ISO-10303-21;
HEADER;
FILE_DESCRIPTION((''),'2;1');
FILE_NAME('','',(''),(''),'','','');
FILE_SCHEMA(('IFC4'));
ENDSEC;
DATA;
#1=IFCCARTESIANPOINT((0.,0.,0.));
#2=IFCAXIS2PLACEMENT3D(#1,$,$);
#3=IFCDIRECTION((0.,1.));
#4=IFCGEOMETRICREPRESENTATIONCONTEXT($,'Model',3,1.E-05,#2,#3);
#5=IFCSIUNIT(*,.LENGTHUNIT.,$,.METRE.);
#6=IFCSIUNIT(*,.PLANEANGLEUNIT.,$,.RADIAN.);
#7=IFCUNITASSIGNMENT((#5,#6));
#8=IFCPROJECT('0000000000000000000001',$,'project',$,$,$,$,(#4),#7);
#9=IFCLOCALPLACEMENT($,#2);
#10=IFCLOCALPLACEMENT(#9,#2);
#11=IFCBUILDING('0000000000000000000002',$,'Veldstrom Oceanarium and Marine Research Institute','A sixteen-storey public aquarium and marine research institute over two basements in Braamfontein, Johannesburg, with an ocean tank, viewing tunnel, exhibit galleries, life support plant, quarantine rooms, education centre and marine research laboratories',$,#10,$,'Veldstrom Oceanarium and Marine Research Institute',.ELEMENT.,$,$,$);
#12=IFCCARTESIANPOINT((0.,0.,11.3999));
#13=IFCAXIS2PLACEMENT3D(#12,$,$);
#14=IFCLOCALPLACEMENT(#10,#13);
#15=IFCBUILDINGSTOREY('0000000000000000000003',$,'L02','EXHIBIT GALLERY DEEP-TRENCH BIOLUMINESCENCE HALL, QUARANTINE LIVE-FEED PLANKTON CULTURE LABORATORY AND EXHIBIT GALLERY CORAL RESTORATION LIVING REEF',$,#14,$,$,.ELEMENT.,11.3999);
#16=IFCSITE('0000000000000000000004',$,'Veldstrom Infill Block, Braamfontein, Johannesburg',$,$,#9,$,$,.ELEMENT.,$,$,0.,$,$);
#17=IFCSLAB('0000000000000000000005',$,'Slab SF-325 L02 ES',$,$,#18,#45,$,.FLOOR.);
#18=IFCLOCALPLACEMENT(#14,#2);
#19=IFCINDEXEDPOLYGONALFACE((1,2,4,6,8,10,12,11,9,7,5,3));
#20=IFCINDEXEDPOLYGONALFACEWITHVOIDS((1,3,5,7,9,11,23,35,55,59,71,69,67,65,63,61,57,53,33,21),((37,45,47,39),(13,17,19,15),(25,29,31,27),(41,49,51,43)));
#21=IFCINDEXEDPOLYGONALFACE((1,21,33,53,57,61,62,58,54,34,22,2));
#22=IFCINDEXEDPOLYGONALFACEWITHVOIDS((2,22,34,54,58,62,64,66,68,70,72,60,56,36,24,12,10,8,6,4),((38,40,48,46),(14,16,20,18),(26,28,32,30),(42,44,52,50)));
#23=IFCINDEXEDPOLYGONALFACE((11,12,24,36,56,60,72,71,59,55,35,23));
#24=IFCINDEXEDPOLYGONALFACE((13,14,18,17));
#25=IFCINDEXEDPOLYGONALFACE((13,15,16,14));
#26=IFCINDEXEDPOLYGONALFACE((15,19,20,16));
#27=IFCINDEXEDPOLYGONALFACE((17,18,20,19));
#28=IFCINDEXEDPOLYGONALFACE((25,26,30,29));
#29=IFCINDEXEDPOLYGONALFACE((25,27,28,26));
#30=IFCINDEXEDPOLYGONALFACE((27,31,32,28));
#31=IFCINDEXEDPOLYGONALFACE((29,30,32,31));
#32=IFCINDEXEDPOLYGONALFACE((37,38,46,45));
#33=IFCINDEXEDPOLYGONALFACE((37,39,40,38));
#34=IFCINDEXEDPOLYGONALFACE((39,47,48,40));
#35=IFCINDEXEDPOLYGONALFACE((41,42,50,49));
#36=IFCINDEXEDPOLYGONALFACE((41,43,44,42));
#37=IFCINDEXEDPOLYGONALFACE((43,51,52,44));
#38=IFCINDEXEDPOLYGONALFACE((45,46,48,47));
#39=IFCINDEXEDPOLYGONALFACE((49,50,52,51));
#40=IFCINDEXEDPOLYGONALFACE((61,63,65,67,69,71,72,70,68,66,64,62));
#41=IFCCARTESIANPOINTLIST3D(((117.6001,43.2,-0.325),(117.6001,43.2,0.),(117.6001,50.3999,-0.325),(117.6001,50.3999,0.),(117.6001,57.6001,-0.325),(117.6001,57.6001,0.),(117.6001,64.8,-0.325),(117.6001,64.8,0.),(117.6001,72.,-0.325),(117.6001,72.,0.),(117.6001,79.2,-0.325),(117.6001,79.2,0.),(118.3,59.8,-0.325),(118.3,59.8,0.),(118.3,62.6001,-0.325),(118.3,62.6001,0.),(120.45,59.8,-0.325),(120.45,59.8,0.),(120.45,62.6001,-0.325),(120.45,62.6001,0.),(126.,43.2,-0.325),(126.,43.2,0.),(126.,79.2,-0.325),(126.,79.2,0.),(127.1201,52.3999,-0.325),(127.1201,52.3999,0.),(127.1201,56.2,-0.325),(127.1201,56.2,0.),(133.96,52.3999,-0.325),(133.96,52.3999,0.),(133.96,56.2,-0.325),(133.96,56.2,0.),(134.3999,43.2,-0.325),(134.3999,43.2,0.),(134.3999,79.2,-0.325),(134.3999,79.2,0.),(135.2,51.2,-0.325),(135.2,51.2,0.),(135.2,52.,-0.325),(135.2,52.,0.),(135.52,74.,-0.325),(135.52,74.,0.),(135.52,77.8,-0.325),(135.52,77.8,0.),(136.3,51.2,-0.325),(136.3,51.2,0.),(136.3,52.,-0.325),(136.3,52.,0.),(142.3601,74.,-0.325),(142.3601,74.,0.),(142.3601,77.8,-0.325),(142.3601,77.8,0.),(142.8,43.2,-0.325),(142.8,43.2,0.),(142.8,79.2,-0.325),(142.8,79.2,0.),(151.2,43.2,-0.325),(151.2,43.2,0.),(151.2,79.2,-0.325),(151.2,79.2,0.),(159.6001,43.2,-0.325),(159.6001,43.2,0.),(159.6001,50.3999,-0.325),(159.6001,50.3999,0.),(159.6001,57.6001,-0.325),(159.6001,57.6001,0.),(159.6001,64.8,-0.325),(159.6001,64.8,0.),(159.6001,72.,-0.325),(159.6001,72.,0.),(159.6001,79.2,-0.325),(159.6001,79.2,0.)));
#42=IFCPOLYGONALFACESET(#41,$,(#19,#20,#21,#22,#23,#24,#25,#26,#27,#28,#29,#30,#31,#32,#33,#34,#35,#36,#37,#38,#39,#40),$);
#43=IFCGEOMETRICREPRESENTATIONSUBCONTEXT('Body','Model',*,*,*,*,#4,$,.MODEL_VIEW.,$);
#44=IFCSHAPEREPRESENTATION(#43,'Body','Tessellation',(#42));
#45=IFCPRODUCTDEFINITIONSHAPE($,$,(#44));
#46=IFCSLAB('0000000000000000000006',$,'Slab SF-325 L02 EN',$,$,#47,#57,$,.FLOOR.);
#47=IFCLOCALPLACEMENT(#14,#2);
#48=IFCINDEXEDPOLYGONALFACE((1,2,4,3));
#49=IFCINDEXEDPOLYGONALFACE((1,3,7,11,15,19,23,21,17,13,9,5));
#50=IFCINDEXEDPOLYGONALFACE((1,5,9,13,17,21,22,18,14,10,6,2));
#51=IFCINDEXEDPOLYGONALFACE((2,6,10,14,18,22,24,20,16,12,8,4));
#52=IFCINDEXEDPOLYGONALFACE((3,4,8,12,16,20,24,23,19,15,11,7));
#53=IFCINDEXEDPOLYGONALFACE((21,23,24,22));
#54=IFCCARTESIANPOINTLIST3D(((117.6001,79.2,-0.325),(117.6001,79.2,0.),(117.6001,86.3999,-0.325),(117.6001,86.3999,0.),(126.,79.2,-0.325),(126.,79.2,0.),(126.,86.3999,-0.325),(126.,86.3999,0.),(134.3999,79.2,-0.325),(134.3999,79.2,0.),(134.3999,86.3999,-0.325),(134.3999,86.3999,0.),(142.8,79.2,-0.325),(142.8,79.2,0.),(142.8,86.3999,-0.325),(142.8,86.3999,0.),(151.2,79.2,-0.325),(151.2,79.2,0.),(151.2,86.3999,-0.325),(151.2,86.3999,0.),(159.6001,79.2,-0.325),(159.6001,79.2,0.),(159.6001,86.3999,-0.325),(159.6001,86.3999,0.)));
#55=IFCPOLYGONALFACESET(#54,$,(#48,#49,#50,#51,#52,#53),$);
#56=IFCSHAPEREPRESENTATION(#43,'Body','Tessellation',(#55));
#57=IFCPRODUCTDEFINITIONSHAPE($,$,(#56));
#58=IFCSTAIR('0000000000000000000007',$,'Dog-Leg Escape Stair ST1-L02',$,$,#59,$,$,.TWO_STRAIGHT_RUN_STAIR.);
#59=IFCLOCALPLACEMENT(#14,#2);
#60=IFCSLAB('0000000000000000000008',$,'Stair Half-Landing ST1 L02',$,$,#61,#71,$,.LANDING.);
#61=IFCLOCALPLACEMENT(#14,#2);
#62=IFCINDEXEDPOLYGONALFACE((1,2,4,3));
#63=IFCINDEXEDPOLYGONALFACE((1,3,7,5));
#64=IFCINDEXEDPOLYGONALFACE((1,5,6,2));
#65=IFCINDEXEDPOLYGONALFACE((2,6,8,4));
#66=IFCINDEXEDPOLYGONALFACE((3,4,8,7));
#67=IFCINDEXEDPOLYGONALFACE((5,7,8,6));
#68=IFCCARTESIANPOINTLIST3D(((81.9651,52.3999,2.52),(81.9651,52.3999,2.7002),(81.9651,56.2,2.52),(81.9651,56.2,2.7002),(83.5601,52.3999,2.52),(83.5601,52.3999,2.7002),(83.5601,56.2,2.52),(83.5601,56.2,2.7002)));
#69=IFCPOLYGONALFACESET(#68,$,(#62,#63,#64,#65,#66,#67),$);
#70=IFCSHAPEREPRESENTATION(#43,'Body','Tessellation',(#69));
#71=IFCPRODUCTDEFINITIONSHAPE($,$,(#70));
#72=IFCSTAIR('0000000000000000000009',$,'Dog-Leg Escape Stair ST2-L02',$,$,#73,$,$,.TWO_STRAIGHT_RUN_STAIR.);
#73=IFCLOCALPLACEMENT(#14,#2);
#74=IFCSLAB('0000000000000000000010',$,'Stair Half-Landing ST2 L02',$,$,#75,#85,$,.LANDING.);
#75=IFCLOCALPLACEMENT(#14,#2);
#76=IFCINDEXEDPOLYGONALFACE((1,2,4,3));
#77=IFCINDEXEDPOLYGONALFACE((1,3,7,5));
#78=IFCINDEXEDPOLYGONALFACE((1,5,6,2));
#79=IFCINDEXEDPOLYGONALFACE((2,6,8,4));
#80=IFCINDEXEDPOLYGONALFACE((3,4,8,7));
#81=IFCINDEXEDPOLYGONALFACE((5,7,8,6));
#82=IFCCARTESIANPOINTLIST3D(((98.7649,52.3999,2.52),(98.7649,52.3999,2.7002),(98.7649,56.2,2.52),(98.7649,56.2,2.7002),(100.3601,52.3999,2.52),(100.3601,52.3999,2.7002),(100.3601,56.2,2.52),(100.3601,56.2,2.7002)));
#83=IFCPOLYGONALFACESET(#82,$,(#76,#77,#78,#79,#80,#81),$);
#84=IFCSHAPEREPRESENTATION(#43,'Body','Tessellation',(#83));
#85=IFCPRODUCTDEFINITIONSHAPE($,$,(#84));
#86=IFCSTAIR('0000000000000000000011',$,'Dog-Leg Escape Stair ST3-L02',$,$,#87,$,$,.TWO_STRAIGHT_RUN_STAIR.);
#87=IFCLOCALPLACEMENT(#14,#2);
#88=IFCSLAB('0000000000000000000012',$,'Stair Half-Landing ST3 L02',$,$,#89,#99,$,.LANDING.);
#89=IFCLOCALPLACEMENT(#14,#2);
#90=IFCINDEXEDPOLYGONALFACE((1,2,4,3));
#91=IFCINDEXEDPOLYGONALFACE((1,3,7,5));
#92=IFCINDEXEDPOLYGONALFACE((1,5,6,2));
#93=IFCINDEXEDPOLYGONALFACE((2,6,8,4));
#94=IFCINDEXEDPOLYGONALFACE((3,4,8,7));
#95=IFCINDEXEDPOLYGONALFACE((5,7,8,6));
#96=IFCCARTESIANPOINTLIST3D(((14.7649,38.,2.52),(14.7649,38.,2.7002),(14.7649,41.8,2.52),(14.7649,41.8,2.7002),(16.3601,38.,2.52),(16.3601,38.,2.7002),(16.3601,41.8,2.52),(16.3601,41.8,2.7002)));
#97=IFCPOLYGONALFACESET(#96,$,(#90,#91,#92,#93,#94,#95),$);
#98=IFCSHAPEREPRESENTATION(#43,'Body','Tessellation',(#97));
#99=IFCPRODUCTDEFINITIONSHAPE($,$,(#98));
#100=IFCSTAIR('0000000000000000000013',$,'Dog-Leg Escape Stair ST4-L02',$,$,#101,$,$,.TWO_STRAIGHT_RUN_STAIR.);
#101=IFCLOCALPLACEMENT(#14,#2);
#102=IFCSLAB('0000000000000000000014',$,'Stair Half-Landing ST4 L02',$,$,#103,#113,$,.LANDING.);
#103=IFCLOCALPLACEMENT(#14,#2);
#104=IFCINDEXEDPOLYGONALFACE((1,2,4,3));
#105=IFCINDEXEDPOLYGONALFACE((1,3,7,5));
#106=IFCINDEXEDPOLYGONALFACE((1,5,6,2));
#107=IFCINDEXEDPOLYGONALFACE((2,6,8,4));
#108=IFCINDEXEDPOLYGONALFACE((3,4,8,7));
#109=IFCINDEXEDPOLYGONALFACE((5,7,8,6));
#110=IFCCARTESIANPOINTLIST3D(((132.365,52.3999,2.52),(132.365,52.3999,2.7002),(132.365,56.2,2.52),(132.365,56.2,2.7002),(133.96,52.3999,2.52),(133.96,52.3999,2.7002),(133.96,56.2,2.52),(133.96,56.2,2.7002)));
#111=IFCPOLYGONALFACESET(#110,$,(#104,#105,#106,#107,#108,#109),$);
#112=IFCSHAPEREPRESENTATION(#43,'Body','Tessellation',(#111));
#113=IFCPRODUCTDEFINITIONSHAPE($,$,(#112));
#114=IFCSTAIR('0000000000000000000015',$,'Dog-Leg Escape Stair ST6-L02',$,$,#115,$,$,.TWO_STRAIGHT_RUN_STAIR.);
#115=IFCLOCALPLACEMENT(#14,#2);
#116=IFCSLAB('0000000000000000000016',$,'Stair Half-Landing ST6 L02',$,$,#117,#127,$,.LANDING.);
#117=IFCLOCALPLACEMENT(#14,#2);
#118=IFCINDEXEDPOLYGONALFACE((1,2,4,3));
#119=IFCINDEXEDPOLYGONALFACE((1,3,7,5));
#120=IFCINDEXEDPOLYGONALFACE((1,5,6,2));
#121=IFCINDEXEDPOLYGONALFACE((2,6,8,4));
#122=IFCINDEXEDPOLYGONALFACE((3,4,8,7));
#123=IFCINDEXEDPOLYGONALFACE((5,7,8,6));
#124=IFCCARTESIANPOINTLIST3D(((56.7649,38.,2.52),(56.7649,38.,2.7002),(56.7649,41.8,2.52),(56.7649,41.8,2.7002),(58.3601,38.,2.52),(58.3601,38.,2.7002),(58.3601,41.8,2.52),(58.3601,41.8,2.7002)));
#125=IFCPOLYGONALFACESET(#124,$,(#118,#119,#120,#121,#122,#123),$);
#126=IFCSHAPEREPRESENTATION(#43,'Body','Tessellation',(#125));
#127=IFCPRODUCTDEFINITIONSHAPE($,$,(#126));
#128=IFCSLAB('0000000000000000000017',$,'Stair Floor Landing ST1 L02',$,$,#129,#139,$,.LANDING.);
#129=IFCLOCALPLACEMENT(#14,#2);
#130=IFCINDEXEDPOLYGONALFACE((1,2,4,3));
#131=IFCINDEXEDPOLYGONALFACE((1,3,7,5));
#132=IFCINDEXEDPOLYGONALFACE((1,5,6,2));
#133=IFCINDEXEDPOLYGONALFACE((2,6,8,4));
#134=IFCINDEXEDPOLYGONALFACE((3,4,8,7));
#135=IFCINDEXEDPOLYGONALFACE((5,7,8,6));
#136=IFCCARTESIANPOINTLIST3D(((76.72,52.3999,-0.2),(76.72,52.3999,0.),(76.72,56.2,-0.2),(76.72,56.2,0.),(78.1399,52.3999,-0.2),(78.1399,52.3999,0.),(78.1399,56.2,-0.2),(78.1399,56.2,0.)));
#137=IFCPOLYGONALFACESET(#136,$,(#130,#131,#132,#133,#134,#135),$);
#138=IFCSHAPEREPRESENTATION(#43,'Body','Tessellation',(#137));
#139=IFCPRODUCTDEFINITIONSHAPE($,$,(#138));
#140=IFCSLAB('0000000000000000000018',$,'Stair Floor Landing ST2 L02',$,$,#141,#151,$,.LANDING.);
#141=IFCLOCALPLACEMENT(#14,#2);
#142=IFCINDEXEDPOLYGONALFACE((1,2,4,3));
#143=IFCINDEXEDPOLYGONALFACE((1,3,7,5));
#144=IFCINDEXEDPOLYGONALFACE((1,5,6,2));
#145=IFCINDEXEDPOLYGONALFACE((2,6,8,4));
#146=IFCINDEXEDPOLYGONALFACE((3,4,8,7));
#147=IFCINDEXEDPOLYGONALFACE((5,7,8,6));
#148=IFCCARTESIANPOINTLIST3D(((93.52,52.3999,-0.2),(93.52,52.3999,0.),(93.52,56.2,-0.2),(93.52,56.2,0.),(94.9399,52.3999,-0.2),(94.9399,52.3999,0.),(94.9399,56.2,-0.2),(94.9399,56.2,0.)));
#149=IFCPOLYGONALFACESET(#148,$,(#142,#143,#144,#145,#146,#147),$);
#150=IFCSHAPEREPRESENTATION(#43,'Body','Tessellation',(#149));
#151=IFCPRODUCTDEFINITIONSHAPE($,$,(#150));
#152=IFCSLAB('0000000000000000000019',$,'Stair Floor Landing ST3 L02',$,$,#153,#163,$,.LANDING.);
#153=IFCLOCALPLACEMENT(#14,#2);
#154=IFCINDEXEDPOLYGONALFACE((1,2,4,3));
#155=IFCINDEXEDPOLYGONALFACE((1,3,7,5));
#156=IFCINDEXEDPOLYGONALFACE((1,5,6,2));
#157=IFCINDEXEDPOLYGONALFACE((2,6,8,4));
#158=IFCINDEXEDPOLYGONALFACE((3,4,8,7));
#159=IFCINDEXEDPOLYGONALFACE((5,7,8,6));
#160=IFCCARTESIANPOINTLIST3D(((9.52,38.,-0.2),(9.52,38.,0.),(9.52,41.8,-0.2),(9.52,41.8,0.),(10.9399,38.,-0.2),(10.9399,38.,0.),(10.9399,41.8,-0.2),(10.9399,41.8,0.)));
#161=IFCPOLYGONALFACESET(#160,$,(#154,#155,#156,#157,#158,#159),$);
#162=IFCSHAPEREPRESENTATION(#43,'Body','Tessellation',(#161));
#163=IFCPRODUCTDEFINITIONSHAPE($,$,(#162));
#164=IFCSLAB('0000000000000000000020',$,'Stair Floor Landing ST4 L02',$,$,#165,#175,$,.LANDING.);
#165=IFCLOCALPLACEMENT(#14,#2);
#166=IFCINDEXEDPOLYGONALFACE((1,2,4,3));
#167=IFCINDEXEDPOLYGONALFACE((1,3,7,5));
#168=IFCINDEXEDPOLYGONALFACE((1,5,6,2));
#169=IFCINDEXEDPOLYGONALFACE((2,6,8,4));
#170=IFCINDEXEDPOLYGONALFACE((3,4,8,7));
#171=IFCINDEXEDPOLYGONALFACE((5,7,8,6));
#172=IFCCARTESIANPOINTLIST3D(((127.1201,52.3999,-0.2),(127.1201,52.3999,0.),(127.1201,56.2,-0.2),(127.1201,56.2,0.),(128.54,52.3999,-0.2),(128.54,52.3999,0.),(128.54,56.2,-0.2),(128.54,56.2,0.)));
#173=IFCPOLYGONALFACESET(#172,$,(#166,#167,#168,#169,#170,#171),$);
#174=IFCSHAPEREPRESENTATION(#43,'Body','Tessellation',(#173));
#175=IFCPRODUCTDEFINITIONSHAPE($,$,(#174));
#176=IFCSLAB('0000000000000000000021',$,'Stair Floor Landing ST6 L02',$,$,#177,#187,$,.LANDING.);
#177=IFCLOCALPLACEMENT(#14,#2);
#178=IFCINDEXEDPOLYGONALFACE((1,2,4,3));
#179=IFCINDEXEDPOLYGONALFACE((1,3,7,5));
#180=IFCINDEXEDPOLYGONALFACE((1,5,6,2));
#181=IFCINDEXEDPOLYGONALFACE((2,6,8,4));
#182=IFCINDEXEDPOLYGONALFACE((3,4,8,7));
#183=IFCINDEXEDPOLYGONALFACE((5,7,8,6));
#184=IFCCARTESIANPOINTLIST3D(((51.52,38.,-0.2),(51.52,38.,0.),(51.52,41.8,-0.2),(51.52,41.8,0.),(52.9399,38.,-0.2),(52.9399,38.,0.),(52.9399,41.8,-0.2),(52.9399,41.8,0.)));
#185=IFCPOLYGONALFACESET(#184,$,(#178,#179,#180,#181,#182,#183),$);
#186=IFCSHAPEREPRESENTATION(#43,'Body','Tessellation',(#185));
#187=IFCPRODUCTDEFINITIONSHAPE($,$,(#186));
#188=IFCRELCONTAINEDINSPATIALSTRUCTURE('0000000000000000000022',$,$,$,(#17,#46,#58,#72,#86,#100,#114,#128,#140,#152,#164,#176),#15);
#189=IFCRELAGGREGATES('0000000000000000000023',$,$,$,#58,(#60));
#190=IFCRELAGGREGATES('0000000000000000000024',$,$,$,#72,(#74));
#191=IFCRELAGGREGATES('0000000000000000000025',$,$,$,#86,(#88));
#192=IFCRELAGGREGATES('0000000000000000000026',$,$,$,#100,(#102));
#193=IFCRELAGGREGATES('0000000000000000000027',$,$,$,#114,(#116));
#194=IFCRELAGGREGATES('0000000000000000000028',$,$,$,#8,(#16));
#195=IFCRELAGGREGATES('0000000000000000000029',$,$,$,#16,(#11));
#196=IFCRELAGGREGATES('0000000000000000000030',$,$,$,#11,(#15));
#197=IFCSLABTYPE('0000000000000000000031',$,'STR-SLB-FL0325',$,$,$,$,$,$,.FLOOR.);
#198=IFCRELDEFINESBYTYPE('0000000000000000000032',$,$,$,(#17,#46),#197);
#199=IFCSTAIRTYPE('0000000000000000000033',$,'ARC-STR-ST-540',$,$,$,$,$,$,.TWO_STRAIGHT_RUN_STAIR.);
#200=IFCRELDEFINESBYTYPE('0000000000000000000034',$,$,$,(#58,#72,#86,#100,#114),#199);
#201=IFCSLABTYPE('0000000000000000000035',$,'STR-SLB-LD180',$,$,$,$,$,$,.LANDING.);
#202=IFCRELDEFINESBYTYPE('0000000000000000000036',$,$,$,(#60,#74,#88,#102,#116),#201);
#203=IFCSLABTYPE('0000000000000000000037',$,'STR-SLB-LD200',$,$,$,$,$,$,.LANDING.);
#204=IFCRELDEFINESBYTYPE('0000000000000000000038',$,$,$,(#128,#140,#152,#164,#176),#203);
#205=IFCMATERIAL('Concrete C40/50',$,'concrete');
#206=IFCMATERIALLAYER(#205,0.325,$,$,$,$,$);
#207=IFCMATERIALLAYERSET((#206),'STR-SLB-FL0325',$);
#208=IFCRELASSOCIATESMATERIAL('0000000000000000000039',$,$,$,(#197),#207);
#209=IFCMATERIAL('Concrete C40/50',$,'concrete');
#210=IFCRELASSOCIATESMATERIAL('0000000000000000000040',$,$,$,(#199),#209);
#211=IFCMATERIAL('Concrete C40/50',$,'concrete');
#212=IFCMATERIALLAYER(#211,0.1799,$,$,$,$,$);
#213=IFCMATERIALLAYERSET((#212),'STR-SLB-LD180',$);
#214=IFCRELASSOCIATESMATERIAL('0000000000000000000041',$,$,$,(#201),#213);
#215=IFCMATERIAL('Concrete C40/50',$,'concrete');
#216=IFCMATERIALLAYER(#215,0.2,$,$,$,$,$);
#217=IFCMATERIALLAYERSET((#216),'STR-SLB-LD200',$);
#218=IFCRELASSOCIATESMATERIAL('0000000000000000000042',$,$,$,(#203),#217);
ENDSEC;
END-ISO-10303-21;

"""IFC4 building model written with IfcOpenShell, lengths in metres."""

from ifc_helpers import new_model, si_unit, direction, frame, origin, place, context, subcontext, project, spatial, polyline, outline, extrude, material, layer, layer_set, type_object, element, aggregate, save


model = new_model("IFC4")

# Units and contexts
model_context = context("Model", 3, precision=1e-05, world=origin(), true_north=direction((0.0, 1.0)))
body_context = subcontext(model_context, "Body", "Model", "MODEL_VIEW")
ifc_project = project(units=[si_unit("LENGTHUNIT", "METRE"), si_unit("PLANEANGLEUNIT", "RADIAN")], contexts=[model_context])

# Site, building, storey
site_placement = place(None, origin())
site = spatial("IfcSite", under=ifc_project, at=site_placement, Name="Veldstrom Infill Block, Braamfontein, Johannesburg", CompositionType="ELEMENT", RefElevation=0.0)
building_placement = place(site_placement, origin())
building = spatial("IfcBuilding", under=site, at=building_placement, Name="Veldstrom Oceanarium and Marine Research Institute", Description="A sixteen-storey public aquarium and marine research institute over two basements in Braamfontein, Johannesburg, with an ocean tank, viewing tunnel, exhibit galleries, life support plant, quarantine rooms, education centre and marine research laboratories", LongName="Veldstrom Oceanarium and Marine Research Institute", CompositionType="ELEMENT")
storey_placement = place(building_placement, frame((0.0, 0.0, 11.3999)))
storey = spatial("IfcBuildingStorey", under=building, at=storey_placement, Name="L02", Description="EXHIBIT GALLERY DEEP-TRENCH BIOLUMINESCENCE HALL, QUARANTINE LIVE-FEED PLANKTON CULTURE LABORATORY AND EXHIBIT GALLERY CORAL RESTORATION LIVING REEF", CompositionType="ELEMENT", Elevation=11.3999)

# Slabs
ifc_material_1 = material(Name="Concrete C40/50", Category="concrete")
ifc_layer_1 = layer(ifc_material_1, 0.325)
ifc_layer_set_1 = layer_set([ifc_layer_1], Name="STR-SLB-FL0325")
slab_type_1 = type_object("IfcSlabType", Name="STR-SLB-FL0325", PredefinedType="FLOOR", material=ifc_layer_set_1)
slab_1_placement = place(storey_placement, frame((0.0, 0.0, -0.325)))
element("IfcSlab", 1, at=slab_1_placement, inside=storey, type_object=slab_type_1, Name="Slab SF-325 L02 ES", PredefinedType="FLOOR", context=body_context, shape_type="SweptSolid", body=[
    extrude(outline(polyline([(134.3999, 43.2), (126.0, 43.2), (117.6001, 43.2), (117.6001, 50.3999), (117.6001, 57.6001), (117.6001, 64.8), (117.6001, 72.0), (117.6001, 79.2), (126.0, 79.2), (134.3999, 79.2), (142.8, 79.2), (151.2, 79.2), (159.6001, 79.2), (159.6001, 72.0), (159.6001, 64.8), (159.6001, 57.6001), (159.6001, 50.3999), (159.6001, 43.2), (151.2, 43.2), (142.8, 43.2), (134.3999, 43.2)]), holes=[polyline([(133.96, 52.3999), (133.96, 56.2), (127.1201, 56.2), (127.1201, 52.3999), (133.96, 52.3999)]), polyline([(135.52, 77.8), (135.52, 74.0), (142.3601, 74.0), (142.3601, 77.8), (135.52, 77.8)]), polyline([(118.3, 62.6001), (118.3, 59.8), (120.45, 59.8), (120.45, 62.6001), (118.3, 62.6001)]), polyline([(136.3, 52.0), (135.2, 52.0), (135.2, 51.2), (136.3, 51.2), (136.3, 52.0)])]), origin(), (0.0, 0.0, 1.0), 0.325),
])
slab_2_placement = place(storey_placement, frame((0.0, 0.0, -0.325)))
element("IfcSlab", 2, at=slab_2_placement, inside=storey, type_object=slab_type_1, Name="Slab SF-325 L02 EN", PredefinedType="FLOOR", context=body_context, shape_type="SweptSolid", body=[
    extrude(outline(polyline([(134.3999, 86.3999), (142.8, 86.3999), (151.2, 86.3999), (159.6001, 86.3999), (159.6001, 79.2), (151.2, 79.2), (142.8, 79.2), (134.3999, 79.2), (126.0, 79.2), (117.6001, 79.2), (117.6001, 86.3999), (126.0, 86.3999), (134.3999, 86.3999)])), origin(), (0.0, 0.0, 1.0), 0.325),
])

# Stairs, slabs
ifc_material_2 = material(Name="Concrete C40/50", Category="concrete")
stair_type = type_object("IfcStairType", Name="ARC-STR-ST-540", PredefinedType="TWO_STRAIGHT_RUN_STAIR", material=ifc_material_2)
stair_1_placement = place(storey_placement, origin())
stair_1 = element("IfcStair", 3, at=stair_1_placement, inside=storey, type_object=stair_type, Name="Dog-Leg Escape Stair ST1-L02", PredefinedType="TWO_STRAIGHT_RUN_STAIR")
ifc_material_3 = material(Name="Concrete C40/50", Category="concrete")
ifc_layer_2 = layer(ifc_material_3, 0.1799)
ifc_layer_set_2 = layer_set([ifc_layer_2], Name="STR-SLB-LD180")
slab_type_2 = type_object("IfcSlabType", Name="STR-SLB-LD180", PredefinedType="LANDING", material=ifc_layer_set_2)
slab_3_placement = place(storey_placement, frame((0.0, 0.0, 2.52)))
slab_3 = element("IfcSlab", 4, at=slab_3_placement, type_object=slab_type_2, Name="Stair Half-Landing ST1 L02", PredefinedType="LANDING", context=body_context, shape_type="SweptSolid", body=[
    extrude(outline(polyline([(81.9651, 52.3999), (83.5601, 52.3999), (83.5601, 56.2), (81.9651, 56.2), (81.9651, 52.3999)])), origin(), (0.0, 0.0, 1.0), 0.1802),
])
aggregate(stair_1, [slab_3])
stair_2_placement = place(storey_placement, origin())
stair_2 = element("IfcStair", 5, at=stair_2_placement, inside=storey, type_object=stair_type, Name="Dog-Leg Escape Stair ST2-L02", PredefinedType="TWO_STRAIGHT_RUN_STAIR")
slab_4_placement = place(storey_placement, frame((0.0, 0.0, 2.52)))
slab_4 = element("IfcSlab", 6, at=slab_4_placement, type_object=slab_type_2, Name="Stair Half-Landing ST2 L02", PredefinedType="LANDING", context=body_context, shape_type="SweptSolid", body=[
    extrude(outline(polyline([(98.7649, 52.3999), (100.3601, 52.3999), (100.3601, 56.2), (98.7649, 56.2), (98.7649, 52.3999)])), origin(), (0.0, 0.0, 1.0), 0.1802),
])
aggregate(stair_2, [slab_4])
stair_3_placement = place(storey_placement, origin())
stair_3 = element("IfcStair", 7, at=stair_3_placement, inside=storey, type_object=stair_type, Name="Dog-Leg Escape Stair ST3-L02", PredefinedType="TWO_STRAIGHT_RUN_STAIR")
slab_5_placement = place(storey_placement, frame((0.0, 0.0, 2.52)))
slab_5 = element("IfcSlab", 8, at=slab_5_placement, type_object=slab_type_2, Name="Stair Half-Landing ST3 L02", PredefinedType="LANDING", context=body_context, shape_type="SweptSolid", body=[
    extrude(outline(polyline([(14.7649, 38.0), (16.3601, 38.0), (16.3601, 41.8), (14.7649, 41.8), (14.7649, 38.0)])), origin(), (0.0, 0.0, 1.0), 0.1802),
])
aggregate(stair_3, [slab_5])
stair_4_placement = place(storey_placement, origin())
stair_4 = element("IfcStair", 9, at=stair_4_placement, inside=storey, type_object=stair_type, Name="Dog-Leg Escape Stair ST4-L02", PredefinedType="TWO_STRAIGHT_RUN_STAIR")
slab_6_placement = place(storey_placement, frame((0.0, 0.0, 2.52)))
slab_6 = element("IfcSlab", 10, at=slab_6_placement, type_object=slab_type_2, Name="Stair Half-Landing ST4 L02", PredefinedType="LANDING", context=body_context, shape_type="SweptSolid", body=[
    extrude(outline(polyline([(132.365, 52.3999), (133.96, 52.3999), (133.96, 56.2), (132.365, 56.2), (132.365, 52.3999)])), origin(), (0.0, 0.0, 1.0), 0.1802),
])
aggregate(stair_4, [slab_6])
stair_5_placement = place(storey_placement, origin())
stair_5 = element("IfcStair", 11, at=stair_5_placement, inside=storey, type_object=stair_type, Name="Dog-Leg Escape Stair ST6-L02", PredefinedType="TWO_STRAIGHT_RUN_STAIR")
slab_7_placement = place(storey_placement, frame((0.0, 0.0, 2.52)))
slab_7 = element("IfcSlab", 12, at=slab_7_placement, type_object=slab_type_2, Name="Stair Half-Landing ST6 L02", PredefinedType="LANDING", context=body_context, shape_type="SweptSolid", body=[
    extrude(outline(polyline([(56.7649, 38.0), (58.3601, 38.0), (58.3601, 41.8), (56.7649, 41.8), (56.7649, 38.0)])), origin(), (0.0, 0.0, 1.0), 0.1802),
])
aggregate(stair_5, [slab_7])

# Slabs
ifc_material_4 = material(Name="Concrete C40/50", Category="concrete")
ifc_layer_3 = layer(ifc_material_4, 0.2)
ifc_layer_set_3 = layer_set([ifc_layer_3], Name="STR-SLB-LD200")
slab_type_3 = type_object("IfcSlabType", Name="STR-SLB-LD200", PredefinedType="LANDING", material=ifc_layer_set_3)
slab_8_placement = place(storey_placement, frame((0.0, 0.0, -0.2)))
element("IfcSlab", 13, at=slab_8_placement, inside=storey, type_object=slab_type_3, Name="Stair Floor Landing ST1 L02", PredefinedType="LANDING", context=body_context, shape_type="SweptSolid", body=[
    extrude(outline(polyline([(76.72, 52.3999), (78.1399, 52.3999), (78.1399, 56.2), (76.72, 56.2), (76.72, 52.3999)])), origin(), (0.0, 0.0, 1.0), 0.2),
])
slab_9_placement = place(storey_placement, frame((0.0, 0.0, -0.2)))
element("IfcSlab", 14, at=slab_9_placement, inside=storey, type_object=slab_type_3, Name="Stair Floor Landing ST2 L02", PredefinedType="LANDING", context=body_context, shape_type="SweptSolid", body=[
    extrude(outline(polyline([(93.52, 52.3999), (94.9399, 52.3999), (94.9399, 56.2), (93.52, 56.2), (93.52, 52.3999)])), origin(), (0.0, 0.0, 1.0), 0.2),
])
slab_10_placement = place(storey_placement, frame((0.0, 0.0, -0.2)))
element("IfcSlab", 15, at=slab_10_placement, inside=storey, type_object=slab_type_3, Name="Stair Floor Landing ST3 L02", PredefinedType="LANDING", context=body_context, shape_type="SweptSolid", body=[
    extrude(outline(polyline([(9.52, 38.0), (10.9399, 38.0), (10.9399, 41.8), (9.52, 41.8), (9.52, 38.0)])), origin(), (0.0, 0.0, 1.0), 0.2),
])
slab_11_placement = place(storey_placement, frame((0.0, 0.0, -0.2)))
element("IfcSlab", 16, at=slab_11_placement, inside=storey, type_object=slab_type_3, Name="Stair Floor Landing ST4 L02", PredefinedType="LANDING", context=body_context, shape_type="SweptSolid", body=[
    extrude(outline(polyline([(127.1201, 52.3999), (128.54, 52.3999), (128.54, 56.2), (127.1201, 56.2), (127.1201, 52.3999)])), origin(), (0.0, 0.0, 1.0), 0.2),
])
slab_12_placement = place(storey_placement, frame((0.0, 0.0, -0.2)))
element("IfcSlab", 17, at=slab_12_placement, inside=storey, type_object=slab_type_3, Name="Stair Floor Landing ST6 L02", PredefinedType="LANDING", context=body_context, shape_type="SweptSolid", body=[
    extrude(outline(polyline([(51.52, 38.0), (52.9399, 38.0), (52.9399, 41.8), (51.52, 41.8), (51.52, 38.0)])), origin(), (0.0, 0.0, 1.0), 0.2),
])

save(model, "model.ifc")
